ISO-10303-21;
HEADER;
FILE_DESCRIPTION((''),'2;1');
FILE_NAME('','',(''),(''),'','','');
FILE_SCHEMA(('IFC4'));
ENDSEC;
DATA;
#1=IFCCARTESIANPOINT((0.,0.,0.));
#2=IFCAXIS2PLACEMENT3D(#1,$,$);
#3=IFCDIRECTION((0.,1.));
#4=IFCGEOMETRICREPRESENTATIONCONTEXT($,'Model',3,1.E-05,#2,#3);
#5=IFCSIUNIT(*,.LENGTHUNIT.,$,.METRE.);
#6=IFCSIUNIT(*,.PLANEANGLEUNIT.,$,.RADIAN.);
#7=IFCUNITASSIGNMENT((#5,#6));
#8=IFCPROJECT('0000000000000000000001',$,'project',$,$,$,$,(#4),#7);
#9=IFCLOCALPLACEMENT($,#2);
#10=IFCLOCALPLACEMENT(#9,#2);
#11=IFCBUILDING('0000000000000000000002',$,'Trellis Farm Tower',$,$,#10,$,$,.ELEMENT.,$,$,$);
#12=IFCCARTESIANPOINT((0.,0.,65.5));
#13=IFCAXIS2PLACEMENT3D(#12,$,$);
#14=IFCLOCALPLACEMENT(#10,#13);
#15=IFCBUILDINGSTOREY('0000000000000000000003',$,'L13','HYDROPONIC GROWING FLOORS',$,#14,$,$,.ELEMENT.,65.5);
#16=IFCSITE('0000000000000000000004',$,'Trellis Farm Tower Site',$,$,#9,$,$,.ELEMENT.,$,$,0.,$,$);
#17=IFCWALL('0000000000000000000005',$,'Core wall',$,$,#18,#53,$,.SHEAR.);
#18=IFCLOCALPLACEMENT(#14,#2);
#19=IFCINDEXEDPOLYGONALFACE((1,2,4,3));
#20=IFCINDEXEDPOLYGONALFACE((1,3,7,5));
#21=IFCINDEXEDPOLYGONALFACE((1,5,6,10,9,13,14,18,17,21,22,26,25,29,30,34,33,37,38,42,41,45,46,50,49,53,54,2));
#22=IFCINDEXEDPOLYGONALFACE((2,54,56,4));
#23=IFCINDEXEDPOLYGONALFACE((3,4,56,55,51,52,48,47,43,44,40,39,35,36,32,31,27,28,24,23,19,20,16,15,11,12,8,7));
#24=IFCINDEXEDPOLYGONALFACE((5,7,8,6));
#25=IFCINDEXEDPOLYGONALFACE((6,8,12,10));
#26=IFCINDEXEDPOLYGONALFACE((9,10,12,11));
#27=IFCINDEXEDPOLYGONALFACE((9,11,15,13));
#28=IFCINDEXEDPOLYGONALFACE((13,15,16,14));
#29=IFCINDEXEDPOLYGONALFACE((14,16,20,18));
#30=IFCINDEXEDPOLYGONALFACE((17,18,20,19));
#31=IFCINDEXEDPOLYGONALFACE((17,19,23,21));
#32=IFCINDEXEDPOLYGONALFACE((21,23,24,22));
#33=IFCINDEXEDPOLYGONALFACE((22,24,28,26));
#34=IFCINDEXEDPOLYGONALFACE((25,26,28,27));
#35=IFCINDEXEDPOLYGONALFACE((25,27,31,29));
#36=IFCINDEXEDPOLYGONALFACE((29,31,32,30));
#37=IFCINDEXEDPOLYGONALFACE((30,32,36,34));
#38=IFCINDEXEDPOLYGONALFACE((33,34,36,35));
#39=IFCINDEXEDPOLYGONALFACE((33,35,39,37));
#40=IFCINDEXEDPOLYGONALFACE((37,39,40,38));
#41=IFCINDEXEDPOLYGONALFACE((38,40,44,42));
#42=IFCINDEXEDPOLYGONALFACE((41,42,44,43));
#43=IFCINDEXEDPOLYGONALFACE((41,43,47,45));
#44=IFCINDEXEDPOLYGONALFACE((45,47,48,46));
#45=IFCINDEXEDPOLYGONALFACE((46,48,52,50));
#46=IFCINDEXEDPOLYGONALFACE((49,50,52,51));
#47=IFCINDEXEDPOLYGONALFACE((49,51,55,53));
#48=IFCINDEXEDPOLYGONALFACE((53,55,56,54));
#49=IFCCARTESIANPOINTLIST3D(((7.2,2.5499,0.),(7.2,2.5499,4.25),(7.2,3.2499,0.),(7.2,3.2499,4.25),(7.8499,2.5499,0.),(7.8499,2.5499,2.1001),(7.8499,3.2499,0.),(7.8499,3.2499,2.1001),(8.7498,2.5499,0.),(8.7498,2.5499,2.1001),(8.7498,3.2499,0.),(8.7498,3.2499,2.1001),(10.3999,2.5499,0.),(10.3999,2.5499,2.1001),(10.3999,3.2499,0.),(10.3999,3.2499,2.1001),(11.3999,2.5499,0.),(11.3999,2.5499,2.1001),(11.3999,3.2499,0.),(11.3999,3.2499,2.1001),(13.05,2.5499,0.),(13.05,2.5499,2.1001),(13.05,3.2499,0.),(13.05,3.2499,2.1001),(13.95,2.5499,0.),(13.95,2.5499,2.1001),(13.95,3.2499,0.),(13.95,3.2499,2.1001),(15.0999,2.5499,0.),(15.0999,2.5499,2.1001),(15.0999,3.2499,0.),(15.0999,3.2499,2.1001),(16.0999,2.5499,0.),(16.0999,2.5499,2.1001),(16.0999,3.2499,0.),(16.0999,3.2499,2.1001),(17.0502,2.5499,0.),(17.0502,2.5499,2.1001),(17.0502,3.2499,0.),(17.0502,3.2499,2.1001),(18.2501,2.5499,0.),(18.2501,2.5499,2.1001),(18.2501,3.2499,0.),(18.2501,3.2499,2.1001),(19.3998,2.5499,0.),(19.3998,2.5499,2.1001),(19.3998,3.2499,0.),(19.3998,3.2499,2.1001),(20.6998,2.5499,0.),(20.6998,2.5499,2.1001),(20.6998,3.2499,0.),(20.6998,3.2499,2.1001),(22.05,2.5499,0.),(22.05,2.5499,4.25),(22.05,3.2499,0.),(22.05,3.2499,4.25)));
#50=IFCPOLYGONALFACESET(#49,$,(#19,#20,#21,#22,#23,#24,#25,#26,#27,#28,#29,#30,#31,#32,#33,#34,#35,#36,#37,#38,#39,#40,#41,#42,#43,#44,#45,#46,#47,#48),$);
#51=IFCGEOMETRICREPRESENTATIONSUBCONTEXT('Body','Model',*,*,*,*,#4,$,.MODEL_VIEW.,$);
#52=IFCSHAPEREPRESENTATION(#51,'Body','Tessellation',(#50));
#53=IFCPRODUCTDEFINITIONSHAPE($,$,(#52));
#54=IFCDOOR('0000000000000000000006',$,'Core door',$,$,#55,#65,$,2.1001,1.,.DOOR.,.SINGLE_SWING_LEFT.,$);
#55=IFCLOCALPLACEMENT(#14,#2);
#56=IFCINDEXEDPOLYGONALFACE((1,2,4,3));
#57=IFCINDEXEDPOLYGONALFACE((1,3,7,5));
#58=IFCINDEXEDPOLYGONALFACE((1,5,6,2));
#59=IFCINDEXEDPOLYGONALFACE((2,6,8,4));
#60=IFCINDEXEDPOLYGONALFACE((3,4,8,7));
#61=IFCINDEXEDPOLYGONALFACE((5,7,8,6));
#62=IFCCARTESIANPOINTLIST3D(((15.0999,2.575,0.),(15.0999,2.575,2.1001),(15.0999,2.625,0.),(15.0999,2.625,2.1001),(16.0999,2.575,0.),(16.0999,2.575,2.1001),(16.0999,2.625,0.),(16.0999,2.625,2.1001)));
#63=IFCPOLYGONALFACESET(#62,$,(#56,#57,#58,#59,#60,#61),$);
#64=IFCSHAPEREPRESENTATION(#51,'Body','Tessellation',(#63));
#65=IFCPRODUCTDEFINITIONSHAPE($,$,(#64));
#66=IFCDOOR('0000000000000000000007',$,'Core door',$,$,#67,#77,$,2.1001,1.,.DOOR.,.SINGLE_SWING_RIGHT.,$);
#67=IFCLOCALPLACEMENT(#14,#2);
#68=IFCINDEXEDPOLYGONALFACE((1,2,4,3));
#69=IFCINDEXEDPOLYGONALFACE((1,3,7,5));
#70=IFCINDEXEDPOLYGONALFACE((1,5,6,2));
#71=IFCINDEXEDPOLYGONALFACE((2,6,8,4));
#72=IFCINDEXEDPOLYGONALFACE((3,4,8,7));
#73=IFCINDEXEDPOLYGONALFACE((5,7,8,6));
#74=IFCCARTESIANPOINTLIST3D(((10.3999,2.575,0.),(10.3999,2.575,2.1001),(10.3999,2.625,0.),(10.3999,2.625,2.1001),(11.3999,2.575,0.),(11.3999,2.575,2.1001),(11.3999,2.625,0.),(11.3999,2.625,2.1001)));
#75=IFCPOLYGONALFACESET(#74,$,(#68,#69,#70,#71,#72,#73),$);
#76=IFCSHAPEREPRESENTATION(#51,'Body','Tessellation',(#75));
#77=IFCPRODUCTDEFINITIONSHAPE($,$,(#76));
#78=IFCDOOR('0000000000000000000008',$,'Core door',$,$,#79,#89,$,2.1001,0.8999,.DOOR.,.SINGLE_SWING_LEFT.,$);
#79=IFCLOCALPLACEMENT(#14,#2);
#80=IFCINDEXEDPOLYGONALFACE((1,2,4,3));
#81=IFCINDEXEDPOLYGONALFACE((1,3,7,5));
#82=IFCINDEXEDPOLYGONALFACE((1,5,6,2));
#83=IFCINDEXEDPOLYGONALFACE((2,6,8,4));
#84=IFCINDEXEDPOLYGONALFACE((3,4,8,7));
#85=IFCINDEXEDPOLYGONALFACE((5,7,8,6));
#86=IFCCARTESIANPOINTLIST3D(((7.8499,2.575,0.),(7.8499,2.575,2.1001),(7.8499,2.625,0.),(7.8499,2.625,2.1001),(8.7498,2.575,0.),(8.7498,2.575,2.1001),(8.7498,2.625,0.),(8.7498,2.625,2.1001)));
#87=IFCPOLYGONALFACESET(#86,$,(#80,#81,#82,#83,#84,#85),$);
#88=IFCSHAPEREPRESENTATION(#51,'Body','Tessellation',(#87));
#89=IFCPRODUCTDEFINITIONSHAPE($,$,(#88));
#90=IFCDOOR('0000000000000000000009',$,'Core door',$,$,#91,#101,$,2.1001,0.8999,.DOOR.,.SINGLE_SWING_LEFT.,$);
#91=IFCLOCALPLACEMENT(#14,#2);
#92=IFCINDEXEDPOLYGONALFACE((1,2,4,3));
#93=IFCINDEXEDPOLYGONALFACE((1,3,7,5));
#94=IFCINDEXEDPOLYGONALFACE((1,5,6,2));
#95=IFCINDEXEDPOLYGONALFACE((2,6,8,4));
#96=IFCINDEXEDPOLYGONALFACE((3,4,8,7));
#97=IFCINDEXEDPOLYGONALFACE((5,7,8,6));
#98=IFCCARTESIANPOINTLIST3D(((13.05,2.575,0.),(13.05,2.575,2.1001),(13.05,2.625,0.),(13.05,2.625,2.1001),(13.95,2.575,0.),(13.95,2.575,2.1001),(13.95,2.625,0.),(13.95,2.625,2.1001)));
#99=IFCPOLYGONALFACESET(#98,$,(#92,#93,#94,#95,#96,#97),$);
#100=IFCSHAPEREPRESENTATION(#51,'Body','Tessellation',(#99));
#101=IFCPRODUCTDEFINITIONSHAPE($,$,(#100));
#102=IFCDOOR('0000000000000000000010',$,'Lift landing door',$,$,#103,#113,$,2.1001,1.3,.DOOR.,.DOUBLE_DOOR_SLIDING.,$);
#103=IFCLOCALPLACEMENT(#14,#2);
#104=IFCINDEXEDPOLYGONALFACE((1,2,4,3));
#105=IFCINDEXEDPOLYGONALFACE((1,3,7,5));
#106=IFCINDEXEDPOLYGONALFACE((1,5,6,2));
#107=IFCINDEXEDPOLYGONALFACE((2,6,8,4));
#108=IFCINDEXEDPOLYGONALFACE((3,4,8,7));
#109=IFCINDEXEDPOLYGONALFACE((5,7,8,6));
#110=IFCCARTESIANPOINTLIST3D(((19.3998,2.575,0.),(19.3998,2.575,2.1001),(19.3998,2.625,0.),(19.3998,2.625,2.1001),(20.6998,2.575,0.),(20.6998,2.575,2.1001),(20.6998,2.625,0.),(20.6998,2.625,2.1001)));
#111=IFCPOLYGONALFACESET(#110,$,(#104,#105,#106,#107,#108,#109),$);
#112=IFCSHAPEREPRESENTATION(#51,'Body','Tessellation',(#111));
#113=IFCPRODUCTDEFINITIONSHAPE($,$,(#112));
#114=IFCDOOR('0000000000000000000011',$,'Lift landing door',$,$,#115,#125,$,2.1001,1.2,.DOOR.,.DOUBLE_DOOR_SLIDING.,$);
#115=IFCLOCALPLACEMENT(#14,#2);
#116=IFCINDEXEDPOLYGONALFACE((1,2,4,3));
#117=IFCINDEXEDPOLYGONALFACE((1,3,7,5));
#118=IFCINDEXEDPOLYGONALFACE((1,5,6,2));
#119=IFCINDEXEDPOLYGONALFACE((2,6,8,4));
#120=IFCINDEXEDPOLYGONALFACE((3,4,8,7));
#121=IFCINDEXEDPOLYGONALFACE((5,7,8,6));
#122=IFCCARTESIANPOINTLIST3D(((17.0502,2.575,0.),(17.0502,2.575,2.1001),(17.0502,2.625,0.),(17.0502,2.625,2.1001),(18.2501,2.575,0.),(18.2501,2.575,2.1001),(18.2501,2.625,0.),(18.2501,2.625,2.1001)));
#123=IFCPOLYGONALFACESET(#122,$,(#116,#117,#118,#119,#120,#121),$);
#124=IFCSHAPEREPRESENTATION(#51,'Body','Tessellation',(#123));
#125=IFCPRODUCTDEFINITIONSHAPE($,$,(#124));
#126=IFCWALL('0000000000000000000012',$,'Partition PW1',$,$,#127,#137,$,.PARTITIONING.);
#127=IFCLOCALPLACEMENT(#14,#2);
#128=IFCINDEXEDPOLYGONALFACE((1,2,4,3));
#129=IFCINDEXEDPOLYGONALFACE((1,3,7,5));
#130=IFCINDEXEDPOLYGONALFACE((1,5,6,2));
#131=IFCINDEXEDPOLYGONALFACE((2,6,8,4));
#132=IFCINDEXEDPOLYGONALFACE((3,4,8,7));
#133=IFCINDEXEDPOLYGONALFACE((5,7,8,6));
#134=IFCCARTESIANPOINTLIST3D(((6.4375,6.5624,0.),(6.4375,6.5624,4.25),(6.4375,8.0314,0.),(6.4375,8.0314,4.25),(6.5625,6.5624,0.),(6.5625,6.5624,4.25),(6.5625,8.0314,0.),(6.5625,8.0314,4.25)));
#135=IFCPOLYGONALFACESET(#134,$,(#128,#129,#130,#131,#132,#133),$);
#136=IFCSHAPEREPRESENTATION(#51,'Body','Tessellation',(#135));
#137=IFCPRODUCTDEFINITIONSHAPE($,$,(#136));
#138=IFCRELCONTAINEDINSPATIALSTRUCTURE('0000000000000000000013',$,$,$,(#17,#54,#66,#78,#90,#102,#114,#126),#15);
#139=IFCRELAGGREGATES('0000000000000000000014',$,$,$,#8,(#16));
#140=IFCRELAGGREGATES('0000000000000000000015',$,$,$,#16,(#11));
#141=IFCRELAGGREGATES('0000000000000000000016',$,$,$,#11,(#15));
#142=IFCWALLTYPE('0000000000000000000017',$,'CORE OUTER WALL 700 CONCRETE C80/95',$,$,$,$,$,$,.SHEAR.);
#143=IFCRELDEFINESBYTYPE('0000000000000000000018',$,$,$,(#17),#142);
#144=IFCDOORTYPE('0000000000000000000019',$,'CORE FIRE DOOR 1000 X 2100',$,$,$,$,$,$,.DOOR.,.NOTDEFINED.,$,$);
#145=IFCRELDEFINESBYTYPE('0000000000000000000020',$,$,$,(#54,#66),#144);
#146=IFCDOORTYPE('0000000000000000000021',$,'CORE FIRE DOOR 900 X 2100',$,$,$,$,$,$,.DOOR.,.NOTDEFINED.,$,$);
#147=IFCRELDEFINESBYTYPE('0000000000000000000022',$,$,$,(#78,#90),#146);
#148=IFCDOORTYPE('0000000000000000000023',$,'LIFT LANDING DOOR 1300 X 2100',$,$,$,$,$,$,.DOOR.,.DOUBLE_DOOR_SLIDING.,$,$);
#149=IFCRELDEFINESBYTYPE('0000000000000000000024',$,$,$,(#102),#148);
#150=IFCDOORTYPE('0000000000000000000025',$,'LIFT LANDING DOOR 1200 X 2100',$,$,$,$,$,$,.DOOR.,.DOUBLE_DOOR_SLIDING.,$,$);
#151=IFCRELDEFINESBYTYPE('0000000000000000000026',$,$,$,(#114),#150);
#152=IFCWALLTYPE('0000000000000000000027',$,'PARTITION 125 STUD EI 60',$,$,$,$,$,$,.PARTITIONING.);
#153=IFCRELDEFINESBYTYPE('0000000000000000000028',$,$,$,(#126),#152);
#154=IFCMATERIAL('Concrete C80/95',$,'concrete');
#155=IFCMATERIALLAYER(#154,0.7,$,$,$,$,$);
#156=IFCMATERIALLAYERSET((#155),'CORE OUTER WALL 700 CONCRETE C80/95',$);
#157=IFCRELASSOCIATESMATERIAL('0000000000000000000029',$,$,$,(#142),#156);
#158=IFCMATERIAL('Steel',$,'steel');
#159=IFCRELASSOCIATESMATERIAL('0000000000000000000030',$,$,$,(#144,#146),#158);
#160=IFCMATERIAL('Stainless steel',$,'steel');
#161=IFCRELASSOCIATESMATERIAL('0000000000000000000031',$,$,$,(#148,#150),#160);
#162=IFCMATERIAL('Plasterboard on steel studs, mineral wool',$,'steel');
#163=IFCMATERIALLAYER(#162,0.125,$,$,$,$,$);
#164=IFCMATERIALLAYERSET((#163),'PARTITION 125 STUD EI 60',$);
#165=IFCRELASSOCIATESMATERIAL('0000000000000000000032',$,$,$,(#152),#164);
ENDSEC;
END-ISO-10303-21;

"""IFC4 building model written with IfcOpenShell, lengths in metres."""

from ifc_helpers import new_model, si_unit, direction, frame, frame_2d, origin, place, context, subcontext, project, spatial, rectangle, extrude, source, transform, mapped, material, layer, layer_set, type_object, element, fill, save


model = new_model("IFC4")

# Units and contexts
model_context = context("Model", 3, precision=1e-05, world=origin(), true_north=direction((0.0, 1.0)))
body_context = subcontext(model_context, "Body", "Model", "MODEL_VIEW")
ifc_project = project(units=[si_unit("LENGTHUNIT", "METRE"), si_unit("PLANEANGLEUNIT", "RADIAN")], contexts=[model_context])

# Site, building, storey
site_placement = place(None, origin())
site = spatial("IfcSite", under=ifc_project, at=site_placement, Name="Trellis Farm Tower Site", CompositionType="ELEMENT", RefElevation=0.0)
building_placement = place(site_placement, origin())
building = spatial("IfcBuilding", under=site, at=building_placement, Name="Trellis Farm Tower", CompositionType="ELEMENT")
storey_placement = place(building_placement, frame((0.0, 0.0, 65.5)))
storey = spatial("IfcBuildingStorey", under=building, at=storey_placement, Name="L13", Description="HYDROPONIC GROWING FLOORS", CompositionType="ELEMENT", Elevation=65.5)

# Shared definitions
ifc_material_1 = material(Name="Concrete C80/95", Category="concrete")

# Wall, openings, doors
ifc_layer_1 = layer(ifc_material_1, 0.7)
ifc_layer_set_1 = layer_set([ifc_layer_1], Name="CORE OUTER WALL 700 CONCRETE C80/95")
wall_type_1 = type_object("IfcWallType", Name="CORE OUTER WALL 700 CONCRETE C80/95", PredefinedType="SHEAR", material=ifc_layer_set_1)
shared_shape_1 = source(origin(), body_context, "Body", "SweptSolid", [
    extrude(rectangle(XDim=14.8501, YDim=0.7, at=frame_2d((7.425, 0.0))), origin(), (0.0, 0.0, 1.0), 4.25),
])
wall_1_placement = place(storey_placement, frame((7.2, 2.8999, 0.0), z_axis=(0.0, 0.0, 1.0), x_axis=(1.0, 0.0, 0.0)))
wall_1 = element("IfcWall", 1, at=wall_1_placement, inside=storey, type_object=wall_type_1, Name="Core wall", PredefinedType="SHEAR", context=body_context, shape_type="MappedRepresentation", body=[
    mapped(shared_shape_1, transform((0.0, 0.0, 0.0))),
])
shared_shape_2 = source(origin(), body_context, "Body", "SweptSolid", [
    extrude(rectangle(XDim=1.3, YDim=2.1001, at=frame_2d((0.6499, 1.05))), frame((0.0, 0.3601, 0.0), z_axis=(0.0, -1.0, 0.0), x_axis=(1.0, 0.0, 0.0)), (0.0, 0.0, 1.0), 0.7202),
])
opening_1_placement = place(wall_1_placement, frame((12.2, 0.0, 0.0)))
opening_1 = element("IfcOpeningElement", 2, at=opening_1_placement, cuts=wall_1, PredefinedType="OPENING", context=body_context, shape_type="MappedRepresentation", body=[
    mapped(shared_shape_2, transform((0.0, 0.0, 0.0))),
])
shared_shape_3 = source(origin(), body_context, "Body", "SweptSolid", [
    extrude(rectangle(XDim=1.2, YDim=2.1001, at=frame_2d((0.6001, 1.05))), frame((0.0, 0.3601, 0.0), z_axis=(0.0, -1.0, 0.0), x_axis=(1.0, 0.0, 0.0)), (0.0, 0.0, 1.0), 0.7202),
])
opening_2_placement = place(wall_1_placement, frame((9.8501, 0.0, 0.0)))
opening_2 = element("IfcOpeningElement", 3, at=opening_2_placement, cuts=wall_1, PredefinedType="OPENING", context=body_context, shape_type="MappedRepresentation", body=[
    mapped(shared_shape_3, transform((0.0, 0.0, 0.0))),
])
shared_shape_4 = source(origin(), body_context, "Body", "SweptSolid", [
    extrude(rectangle(XDim=1.0, YDim=2.1001, at=frame_2d((0.5, 1.05))), frame((0.0, 0.3601, 0.0), z_axis=(0.0, -1.0, 0.0), x_axis=(1.0, 0.0, 0.0)), (0.0, 0.0, 1.0), 0.7202),
])
opening_3_placement = place(wall_1_placement, frame((7.8999, 0.0, 0.0)))
opening_3 = element("IfcOpeningElement", 4, at=opening_3_placement, cuts=wall_1, PredefinedType="OPENING", context=body_context, shape_type="MappedRepresentation", body=[
    mapped(shared_shape_4, transform((0.0, 0.0, 0.0))),
])
shared_shape_5 = source(origin(), body_context, "Body", "SweptSolid", [
    extrude(rectangle(XDim=0.8999, YDim=2.1001, at=frame_2d((0.45, 1.05))), frame((0.0, 0.3601, 0.0), z_axis=(0.0, -1.0, 0.0), x_axis=(1.0, 0.0, 0.0)), (0.0, 0.0, 1.0), 0.7202),
])
opening_4_placement = place(wall_1_placement, frame((0.6499, 0.0, 0.0)))
opening_4 = element("IfcOpeningElement", 5, at=opening_4_placement, cuts=wall_1, PredefinedType="OPENING", context=body_context, shape_type="MappedRepresentation", body=[
    mapped(shared_shape_5, transform((0.0, 0.0, 0.0))),
])
opening_5_placement = place(wall_1_placement, frame((3.2, 0.0, 0.0)))
opening_5 = element("IfcOpeningElement", 6, at=opening_5_placement, cuts=wall_1, PredefinedType="OPENING", context=body_context, shape_type="MappedRepresentation", body=[
    mapped(shared_shape_4, transform((0.0, 0.0, 0.0))),
])
opening_6_placement = place(wall_1_placement, frame((5.8501, 0.0, 0.0)))
opening_6 = element("IfcOpeningElement", 7, at=opening_6_placement, cuts=wall_1, PredefinedType="OPENING", context=body_context, shape_type="MappedRepresentation", body=[
    mapped(shared_shape_5, transform((0.0, 0.0, 0.0))),
])
ifc_material_2 = material(Name="Steel", Category="steel")
door_type_1 = type_object("IfcDoorType", Name="CORE FIRE DOOR 1000 X 2100", OperationType="NOTDEFINED", PredefinedType="DOOR", material=ifc_material_2)
shared_shape_6 = source(origin(), body_context, "Body", "SweptSolid", [
    extrude(rectangle(XDim=1.0, YDim=2.1001, at=frame_2d((0.5, 1.05))), frame((0.0, -0.2749, 0.0), z_axis=(0.0, -1.0, 0.0), x_axis=(1.0, 0.0, 0.0)), (0.0, 0.0, 1.0), 0.05),
])
door_1_placement = place(opening_3_placement, origin())
door_1 = element("IfcDoor", 8, at=door_1_placement, inside=storey, type_object=door_type_1, Name="Core door", OperationType="SINGLE_SWING_LEFT", OverallHeight=2.1001, OverallWidth=1.0, PredefinedType="DOOR", context=body_context, shape_type="MappedRepresentation", body=[
    mapped(shared_shape_6, transform((0.0, 0.0, 0.0))),
])
fill(opening_3, door_1)
door_2_placement = place(opening_5_placement, origin())
door_2 = element("IfcDoor", 9, at=door_2_placement, inside=storey, type_object=door_type_1, Name="Core door", OperationType="SINGLE_SWING_RIGHT", OverallHeight=2.1001, OverallWidth=1.0, PredefinedType="DOOR", context=body_context, shape_type="MappedRepresentation", body=[
    mapped(shared_shape_6, transform((0.0, 0.0, 0.0))),
])
fill(opening_5, door_2)
door_type_2 = type_object("IfcDoorType", Name="CORE FIRE DOOR 900 X 2100", OperationType="NOTDEFINED", PredefinedType="DOOR", material=ifc_material_2)
shared_shape_7 = source(origin(), body_context, "Body", "SweptSolid", [
    extrude(rectangle(XDim=0.8999, YDim=2.1001, at=frame_2d((0.45, 1.05))), frame((0.0, -0.2749, 0.0), z_axis=(0.0, -1.0, 0.0), x_axis=(1.0, 0.0, 0.0)), (0.0, 0.0, 1.0), 0.05),
])
door_3_placement = place(opening_4_placement, origin())
door_3 = element("IfcDoor", 10, at=door_3_placement, inside=storey, type_object=door_type_2, Name="Core door", OperationType="SINGLE_SWING_LEFT", OverallHeight=2.1001, OverallWidth=0.8999, PredefinedType="DOOR", context=body_context, shape_type="MappedRepresentation", body=[
    mapped(shared_shape_7, transform((0.0, 0.0, 0.0))),
])
fill(opening_4, door_3)
door_4_placement = place(opening_6_placement, origin())
door_4 = element("IfcDoor", 11, at=door_4_placement, inside=storey, type_object=door_type_2, Name="Core door", OperationType="SINGLE_SWING_LEFT", OverallHeight=2.1001, OverallWidth=0.8999, PredefinedType="DOOR", context=body_context, shape_type="MappedRepresentation", body=[
    mapped(shared_shape_7, transform((0.0, 0.0, 0.0))),
])
fill(opening_6, door_4)
ifc_material_3 = material(Name="Stainless steel", Category="steel")
door_type_3 = type_object("IfcDoorType", Name="LIFT LANDING DOOR 1300 X 2100", OperationType="DOUBLE_DOOR_SLIDING", PredefinedType="DOOR", material=ifc_material_3)
shared_shape_8 = source(origin(), body_context, "Body", "SweptSolid", [
    extrude(rectangle(XDim=1.3, YDim=2.1001, at=frame_2d((0.6499, 1.05))), frame((0.0, -0.2749, 0.0), z_axis=(0.0, -1.0, 0.0), x_axis=(1.0, 0.0, 0.0)), (0.0, 0.0, 1.0), 0.05),
])
door_5_placement = place(opening_1_placement, origin())
door_5 = element("IfcDoor", 12, at=door_5_placement, inside=storey, type_object=door_type_3, Name="Lift landing door", OperationType="DOUBLE_DOOR_SLIDING", OverallHeight=2.1001, OverallWidth=1.3, PredefinedType="DOOR", context=body_context, shape_type="MappedRepresentation", body=[
    mapped(shared_shape_8, transform((0.0, 0.0, 0.0))),
])
fill(opening_1, door_5)
door_type_4 = type_object("IfcDoorType", Name="LIFT LANDING DOOR 1200 X 2100", OperationType="DOUBLE_DOOR_SLIDING", PredefinedType="DOOR", material=ifc_material_3)
shared_shape_9 = source(origin(), body_context, "Body", "SweptSolid", [
    extrude(rectangle(XDim=1.2, YDim=2.1001, at=frame_2d((0.6001, 1.05))), frame((0.0, -0.2749, 0.0), z_axis=(0.0, -1.0, 0.0), x_axis=(1.0, 0.0, 0.0)), (0.0, 0.0, 1.0), 0.05),
])
door_6_placement = place(opening_2_placement, origin())
door_6 = element("IfcDoor", 13, at=door_6_placement, inside=storey, type_object=door_type_4, Name="Lift landing door", OperationType="DOUBLE_DOOR_SLIDING", OverallHeight=2.1001, OverallWidth=1.2, PredefinedType="DOOR", context=body_context, shape_type="MappedRepresentation", body=[
    mapped(shared_shape_9, transform((0.0, 0.0, 0.0))),
])
fill(opening_2, door_6)

# Wall
ifc_material_4 = material(Name="Plasterboard on steel studs, mineral wool", Category="steel")
ifc_layer_2 = layer(ifc_material_4, 0.125)
ifc_layer_set_2 = layer_set([ifc_layer_2], Name="PARTITION 125 STUD EI 60")
wall_type_2 = type_object("IfcWallType", Name="PARTITION 125 STUD EI 60", PredefinedType="PARTITIONING", material=ifc_layer_set_2)
shared_shape_10 = source(origin(), body_context, "Body", "SweptSolid", [
    extrude(rectangle(XDim=1.469, YDim=0.125, at=frame_2d((0.7344, 0.0))), origin(), (0.0, 0.0, 1.0), 4.25),
])
wall_2_placement = place(storey_placement, frame((6.5, 6.5625, 0.0), z_axis=(0.0, 0.0, 1.0), x_axis=(0.0, 1.0, 0.0)))
element("IfcWall", 14, at=wall_2_placement, inside=storey, type_object=wall_type_2, Name="Partition PW1", PredefinedType="PARTITIONING", context=body_context, shape_type="MappedRepresentation", body=[
    mapped(shared_shape_10, transform((0.0, 0.0, 0.0))),
])

save(model, "model.ifc")
